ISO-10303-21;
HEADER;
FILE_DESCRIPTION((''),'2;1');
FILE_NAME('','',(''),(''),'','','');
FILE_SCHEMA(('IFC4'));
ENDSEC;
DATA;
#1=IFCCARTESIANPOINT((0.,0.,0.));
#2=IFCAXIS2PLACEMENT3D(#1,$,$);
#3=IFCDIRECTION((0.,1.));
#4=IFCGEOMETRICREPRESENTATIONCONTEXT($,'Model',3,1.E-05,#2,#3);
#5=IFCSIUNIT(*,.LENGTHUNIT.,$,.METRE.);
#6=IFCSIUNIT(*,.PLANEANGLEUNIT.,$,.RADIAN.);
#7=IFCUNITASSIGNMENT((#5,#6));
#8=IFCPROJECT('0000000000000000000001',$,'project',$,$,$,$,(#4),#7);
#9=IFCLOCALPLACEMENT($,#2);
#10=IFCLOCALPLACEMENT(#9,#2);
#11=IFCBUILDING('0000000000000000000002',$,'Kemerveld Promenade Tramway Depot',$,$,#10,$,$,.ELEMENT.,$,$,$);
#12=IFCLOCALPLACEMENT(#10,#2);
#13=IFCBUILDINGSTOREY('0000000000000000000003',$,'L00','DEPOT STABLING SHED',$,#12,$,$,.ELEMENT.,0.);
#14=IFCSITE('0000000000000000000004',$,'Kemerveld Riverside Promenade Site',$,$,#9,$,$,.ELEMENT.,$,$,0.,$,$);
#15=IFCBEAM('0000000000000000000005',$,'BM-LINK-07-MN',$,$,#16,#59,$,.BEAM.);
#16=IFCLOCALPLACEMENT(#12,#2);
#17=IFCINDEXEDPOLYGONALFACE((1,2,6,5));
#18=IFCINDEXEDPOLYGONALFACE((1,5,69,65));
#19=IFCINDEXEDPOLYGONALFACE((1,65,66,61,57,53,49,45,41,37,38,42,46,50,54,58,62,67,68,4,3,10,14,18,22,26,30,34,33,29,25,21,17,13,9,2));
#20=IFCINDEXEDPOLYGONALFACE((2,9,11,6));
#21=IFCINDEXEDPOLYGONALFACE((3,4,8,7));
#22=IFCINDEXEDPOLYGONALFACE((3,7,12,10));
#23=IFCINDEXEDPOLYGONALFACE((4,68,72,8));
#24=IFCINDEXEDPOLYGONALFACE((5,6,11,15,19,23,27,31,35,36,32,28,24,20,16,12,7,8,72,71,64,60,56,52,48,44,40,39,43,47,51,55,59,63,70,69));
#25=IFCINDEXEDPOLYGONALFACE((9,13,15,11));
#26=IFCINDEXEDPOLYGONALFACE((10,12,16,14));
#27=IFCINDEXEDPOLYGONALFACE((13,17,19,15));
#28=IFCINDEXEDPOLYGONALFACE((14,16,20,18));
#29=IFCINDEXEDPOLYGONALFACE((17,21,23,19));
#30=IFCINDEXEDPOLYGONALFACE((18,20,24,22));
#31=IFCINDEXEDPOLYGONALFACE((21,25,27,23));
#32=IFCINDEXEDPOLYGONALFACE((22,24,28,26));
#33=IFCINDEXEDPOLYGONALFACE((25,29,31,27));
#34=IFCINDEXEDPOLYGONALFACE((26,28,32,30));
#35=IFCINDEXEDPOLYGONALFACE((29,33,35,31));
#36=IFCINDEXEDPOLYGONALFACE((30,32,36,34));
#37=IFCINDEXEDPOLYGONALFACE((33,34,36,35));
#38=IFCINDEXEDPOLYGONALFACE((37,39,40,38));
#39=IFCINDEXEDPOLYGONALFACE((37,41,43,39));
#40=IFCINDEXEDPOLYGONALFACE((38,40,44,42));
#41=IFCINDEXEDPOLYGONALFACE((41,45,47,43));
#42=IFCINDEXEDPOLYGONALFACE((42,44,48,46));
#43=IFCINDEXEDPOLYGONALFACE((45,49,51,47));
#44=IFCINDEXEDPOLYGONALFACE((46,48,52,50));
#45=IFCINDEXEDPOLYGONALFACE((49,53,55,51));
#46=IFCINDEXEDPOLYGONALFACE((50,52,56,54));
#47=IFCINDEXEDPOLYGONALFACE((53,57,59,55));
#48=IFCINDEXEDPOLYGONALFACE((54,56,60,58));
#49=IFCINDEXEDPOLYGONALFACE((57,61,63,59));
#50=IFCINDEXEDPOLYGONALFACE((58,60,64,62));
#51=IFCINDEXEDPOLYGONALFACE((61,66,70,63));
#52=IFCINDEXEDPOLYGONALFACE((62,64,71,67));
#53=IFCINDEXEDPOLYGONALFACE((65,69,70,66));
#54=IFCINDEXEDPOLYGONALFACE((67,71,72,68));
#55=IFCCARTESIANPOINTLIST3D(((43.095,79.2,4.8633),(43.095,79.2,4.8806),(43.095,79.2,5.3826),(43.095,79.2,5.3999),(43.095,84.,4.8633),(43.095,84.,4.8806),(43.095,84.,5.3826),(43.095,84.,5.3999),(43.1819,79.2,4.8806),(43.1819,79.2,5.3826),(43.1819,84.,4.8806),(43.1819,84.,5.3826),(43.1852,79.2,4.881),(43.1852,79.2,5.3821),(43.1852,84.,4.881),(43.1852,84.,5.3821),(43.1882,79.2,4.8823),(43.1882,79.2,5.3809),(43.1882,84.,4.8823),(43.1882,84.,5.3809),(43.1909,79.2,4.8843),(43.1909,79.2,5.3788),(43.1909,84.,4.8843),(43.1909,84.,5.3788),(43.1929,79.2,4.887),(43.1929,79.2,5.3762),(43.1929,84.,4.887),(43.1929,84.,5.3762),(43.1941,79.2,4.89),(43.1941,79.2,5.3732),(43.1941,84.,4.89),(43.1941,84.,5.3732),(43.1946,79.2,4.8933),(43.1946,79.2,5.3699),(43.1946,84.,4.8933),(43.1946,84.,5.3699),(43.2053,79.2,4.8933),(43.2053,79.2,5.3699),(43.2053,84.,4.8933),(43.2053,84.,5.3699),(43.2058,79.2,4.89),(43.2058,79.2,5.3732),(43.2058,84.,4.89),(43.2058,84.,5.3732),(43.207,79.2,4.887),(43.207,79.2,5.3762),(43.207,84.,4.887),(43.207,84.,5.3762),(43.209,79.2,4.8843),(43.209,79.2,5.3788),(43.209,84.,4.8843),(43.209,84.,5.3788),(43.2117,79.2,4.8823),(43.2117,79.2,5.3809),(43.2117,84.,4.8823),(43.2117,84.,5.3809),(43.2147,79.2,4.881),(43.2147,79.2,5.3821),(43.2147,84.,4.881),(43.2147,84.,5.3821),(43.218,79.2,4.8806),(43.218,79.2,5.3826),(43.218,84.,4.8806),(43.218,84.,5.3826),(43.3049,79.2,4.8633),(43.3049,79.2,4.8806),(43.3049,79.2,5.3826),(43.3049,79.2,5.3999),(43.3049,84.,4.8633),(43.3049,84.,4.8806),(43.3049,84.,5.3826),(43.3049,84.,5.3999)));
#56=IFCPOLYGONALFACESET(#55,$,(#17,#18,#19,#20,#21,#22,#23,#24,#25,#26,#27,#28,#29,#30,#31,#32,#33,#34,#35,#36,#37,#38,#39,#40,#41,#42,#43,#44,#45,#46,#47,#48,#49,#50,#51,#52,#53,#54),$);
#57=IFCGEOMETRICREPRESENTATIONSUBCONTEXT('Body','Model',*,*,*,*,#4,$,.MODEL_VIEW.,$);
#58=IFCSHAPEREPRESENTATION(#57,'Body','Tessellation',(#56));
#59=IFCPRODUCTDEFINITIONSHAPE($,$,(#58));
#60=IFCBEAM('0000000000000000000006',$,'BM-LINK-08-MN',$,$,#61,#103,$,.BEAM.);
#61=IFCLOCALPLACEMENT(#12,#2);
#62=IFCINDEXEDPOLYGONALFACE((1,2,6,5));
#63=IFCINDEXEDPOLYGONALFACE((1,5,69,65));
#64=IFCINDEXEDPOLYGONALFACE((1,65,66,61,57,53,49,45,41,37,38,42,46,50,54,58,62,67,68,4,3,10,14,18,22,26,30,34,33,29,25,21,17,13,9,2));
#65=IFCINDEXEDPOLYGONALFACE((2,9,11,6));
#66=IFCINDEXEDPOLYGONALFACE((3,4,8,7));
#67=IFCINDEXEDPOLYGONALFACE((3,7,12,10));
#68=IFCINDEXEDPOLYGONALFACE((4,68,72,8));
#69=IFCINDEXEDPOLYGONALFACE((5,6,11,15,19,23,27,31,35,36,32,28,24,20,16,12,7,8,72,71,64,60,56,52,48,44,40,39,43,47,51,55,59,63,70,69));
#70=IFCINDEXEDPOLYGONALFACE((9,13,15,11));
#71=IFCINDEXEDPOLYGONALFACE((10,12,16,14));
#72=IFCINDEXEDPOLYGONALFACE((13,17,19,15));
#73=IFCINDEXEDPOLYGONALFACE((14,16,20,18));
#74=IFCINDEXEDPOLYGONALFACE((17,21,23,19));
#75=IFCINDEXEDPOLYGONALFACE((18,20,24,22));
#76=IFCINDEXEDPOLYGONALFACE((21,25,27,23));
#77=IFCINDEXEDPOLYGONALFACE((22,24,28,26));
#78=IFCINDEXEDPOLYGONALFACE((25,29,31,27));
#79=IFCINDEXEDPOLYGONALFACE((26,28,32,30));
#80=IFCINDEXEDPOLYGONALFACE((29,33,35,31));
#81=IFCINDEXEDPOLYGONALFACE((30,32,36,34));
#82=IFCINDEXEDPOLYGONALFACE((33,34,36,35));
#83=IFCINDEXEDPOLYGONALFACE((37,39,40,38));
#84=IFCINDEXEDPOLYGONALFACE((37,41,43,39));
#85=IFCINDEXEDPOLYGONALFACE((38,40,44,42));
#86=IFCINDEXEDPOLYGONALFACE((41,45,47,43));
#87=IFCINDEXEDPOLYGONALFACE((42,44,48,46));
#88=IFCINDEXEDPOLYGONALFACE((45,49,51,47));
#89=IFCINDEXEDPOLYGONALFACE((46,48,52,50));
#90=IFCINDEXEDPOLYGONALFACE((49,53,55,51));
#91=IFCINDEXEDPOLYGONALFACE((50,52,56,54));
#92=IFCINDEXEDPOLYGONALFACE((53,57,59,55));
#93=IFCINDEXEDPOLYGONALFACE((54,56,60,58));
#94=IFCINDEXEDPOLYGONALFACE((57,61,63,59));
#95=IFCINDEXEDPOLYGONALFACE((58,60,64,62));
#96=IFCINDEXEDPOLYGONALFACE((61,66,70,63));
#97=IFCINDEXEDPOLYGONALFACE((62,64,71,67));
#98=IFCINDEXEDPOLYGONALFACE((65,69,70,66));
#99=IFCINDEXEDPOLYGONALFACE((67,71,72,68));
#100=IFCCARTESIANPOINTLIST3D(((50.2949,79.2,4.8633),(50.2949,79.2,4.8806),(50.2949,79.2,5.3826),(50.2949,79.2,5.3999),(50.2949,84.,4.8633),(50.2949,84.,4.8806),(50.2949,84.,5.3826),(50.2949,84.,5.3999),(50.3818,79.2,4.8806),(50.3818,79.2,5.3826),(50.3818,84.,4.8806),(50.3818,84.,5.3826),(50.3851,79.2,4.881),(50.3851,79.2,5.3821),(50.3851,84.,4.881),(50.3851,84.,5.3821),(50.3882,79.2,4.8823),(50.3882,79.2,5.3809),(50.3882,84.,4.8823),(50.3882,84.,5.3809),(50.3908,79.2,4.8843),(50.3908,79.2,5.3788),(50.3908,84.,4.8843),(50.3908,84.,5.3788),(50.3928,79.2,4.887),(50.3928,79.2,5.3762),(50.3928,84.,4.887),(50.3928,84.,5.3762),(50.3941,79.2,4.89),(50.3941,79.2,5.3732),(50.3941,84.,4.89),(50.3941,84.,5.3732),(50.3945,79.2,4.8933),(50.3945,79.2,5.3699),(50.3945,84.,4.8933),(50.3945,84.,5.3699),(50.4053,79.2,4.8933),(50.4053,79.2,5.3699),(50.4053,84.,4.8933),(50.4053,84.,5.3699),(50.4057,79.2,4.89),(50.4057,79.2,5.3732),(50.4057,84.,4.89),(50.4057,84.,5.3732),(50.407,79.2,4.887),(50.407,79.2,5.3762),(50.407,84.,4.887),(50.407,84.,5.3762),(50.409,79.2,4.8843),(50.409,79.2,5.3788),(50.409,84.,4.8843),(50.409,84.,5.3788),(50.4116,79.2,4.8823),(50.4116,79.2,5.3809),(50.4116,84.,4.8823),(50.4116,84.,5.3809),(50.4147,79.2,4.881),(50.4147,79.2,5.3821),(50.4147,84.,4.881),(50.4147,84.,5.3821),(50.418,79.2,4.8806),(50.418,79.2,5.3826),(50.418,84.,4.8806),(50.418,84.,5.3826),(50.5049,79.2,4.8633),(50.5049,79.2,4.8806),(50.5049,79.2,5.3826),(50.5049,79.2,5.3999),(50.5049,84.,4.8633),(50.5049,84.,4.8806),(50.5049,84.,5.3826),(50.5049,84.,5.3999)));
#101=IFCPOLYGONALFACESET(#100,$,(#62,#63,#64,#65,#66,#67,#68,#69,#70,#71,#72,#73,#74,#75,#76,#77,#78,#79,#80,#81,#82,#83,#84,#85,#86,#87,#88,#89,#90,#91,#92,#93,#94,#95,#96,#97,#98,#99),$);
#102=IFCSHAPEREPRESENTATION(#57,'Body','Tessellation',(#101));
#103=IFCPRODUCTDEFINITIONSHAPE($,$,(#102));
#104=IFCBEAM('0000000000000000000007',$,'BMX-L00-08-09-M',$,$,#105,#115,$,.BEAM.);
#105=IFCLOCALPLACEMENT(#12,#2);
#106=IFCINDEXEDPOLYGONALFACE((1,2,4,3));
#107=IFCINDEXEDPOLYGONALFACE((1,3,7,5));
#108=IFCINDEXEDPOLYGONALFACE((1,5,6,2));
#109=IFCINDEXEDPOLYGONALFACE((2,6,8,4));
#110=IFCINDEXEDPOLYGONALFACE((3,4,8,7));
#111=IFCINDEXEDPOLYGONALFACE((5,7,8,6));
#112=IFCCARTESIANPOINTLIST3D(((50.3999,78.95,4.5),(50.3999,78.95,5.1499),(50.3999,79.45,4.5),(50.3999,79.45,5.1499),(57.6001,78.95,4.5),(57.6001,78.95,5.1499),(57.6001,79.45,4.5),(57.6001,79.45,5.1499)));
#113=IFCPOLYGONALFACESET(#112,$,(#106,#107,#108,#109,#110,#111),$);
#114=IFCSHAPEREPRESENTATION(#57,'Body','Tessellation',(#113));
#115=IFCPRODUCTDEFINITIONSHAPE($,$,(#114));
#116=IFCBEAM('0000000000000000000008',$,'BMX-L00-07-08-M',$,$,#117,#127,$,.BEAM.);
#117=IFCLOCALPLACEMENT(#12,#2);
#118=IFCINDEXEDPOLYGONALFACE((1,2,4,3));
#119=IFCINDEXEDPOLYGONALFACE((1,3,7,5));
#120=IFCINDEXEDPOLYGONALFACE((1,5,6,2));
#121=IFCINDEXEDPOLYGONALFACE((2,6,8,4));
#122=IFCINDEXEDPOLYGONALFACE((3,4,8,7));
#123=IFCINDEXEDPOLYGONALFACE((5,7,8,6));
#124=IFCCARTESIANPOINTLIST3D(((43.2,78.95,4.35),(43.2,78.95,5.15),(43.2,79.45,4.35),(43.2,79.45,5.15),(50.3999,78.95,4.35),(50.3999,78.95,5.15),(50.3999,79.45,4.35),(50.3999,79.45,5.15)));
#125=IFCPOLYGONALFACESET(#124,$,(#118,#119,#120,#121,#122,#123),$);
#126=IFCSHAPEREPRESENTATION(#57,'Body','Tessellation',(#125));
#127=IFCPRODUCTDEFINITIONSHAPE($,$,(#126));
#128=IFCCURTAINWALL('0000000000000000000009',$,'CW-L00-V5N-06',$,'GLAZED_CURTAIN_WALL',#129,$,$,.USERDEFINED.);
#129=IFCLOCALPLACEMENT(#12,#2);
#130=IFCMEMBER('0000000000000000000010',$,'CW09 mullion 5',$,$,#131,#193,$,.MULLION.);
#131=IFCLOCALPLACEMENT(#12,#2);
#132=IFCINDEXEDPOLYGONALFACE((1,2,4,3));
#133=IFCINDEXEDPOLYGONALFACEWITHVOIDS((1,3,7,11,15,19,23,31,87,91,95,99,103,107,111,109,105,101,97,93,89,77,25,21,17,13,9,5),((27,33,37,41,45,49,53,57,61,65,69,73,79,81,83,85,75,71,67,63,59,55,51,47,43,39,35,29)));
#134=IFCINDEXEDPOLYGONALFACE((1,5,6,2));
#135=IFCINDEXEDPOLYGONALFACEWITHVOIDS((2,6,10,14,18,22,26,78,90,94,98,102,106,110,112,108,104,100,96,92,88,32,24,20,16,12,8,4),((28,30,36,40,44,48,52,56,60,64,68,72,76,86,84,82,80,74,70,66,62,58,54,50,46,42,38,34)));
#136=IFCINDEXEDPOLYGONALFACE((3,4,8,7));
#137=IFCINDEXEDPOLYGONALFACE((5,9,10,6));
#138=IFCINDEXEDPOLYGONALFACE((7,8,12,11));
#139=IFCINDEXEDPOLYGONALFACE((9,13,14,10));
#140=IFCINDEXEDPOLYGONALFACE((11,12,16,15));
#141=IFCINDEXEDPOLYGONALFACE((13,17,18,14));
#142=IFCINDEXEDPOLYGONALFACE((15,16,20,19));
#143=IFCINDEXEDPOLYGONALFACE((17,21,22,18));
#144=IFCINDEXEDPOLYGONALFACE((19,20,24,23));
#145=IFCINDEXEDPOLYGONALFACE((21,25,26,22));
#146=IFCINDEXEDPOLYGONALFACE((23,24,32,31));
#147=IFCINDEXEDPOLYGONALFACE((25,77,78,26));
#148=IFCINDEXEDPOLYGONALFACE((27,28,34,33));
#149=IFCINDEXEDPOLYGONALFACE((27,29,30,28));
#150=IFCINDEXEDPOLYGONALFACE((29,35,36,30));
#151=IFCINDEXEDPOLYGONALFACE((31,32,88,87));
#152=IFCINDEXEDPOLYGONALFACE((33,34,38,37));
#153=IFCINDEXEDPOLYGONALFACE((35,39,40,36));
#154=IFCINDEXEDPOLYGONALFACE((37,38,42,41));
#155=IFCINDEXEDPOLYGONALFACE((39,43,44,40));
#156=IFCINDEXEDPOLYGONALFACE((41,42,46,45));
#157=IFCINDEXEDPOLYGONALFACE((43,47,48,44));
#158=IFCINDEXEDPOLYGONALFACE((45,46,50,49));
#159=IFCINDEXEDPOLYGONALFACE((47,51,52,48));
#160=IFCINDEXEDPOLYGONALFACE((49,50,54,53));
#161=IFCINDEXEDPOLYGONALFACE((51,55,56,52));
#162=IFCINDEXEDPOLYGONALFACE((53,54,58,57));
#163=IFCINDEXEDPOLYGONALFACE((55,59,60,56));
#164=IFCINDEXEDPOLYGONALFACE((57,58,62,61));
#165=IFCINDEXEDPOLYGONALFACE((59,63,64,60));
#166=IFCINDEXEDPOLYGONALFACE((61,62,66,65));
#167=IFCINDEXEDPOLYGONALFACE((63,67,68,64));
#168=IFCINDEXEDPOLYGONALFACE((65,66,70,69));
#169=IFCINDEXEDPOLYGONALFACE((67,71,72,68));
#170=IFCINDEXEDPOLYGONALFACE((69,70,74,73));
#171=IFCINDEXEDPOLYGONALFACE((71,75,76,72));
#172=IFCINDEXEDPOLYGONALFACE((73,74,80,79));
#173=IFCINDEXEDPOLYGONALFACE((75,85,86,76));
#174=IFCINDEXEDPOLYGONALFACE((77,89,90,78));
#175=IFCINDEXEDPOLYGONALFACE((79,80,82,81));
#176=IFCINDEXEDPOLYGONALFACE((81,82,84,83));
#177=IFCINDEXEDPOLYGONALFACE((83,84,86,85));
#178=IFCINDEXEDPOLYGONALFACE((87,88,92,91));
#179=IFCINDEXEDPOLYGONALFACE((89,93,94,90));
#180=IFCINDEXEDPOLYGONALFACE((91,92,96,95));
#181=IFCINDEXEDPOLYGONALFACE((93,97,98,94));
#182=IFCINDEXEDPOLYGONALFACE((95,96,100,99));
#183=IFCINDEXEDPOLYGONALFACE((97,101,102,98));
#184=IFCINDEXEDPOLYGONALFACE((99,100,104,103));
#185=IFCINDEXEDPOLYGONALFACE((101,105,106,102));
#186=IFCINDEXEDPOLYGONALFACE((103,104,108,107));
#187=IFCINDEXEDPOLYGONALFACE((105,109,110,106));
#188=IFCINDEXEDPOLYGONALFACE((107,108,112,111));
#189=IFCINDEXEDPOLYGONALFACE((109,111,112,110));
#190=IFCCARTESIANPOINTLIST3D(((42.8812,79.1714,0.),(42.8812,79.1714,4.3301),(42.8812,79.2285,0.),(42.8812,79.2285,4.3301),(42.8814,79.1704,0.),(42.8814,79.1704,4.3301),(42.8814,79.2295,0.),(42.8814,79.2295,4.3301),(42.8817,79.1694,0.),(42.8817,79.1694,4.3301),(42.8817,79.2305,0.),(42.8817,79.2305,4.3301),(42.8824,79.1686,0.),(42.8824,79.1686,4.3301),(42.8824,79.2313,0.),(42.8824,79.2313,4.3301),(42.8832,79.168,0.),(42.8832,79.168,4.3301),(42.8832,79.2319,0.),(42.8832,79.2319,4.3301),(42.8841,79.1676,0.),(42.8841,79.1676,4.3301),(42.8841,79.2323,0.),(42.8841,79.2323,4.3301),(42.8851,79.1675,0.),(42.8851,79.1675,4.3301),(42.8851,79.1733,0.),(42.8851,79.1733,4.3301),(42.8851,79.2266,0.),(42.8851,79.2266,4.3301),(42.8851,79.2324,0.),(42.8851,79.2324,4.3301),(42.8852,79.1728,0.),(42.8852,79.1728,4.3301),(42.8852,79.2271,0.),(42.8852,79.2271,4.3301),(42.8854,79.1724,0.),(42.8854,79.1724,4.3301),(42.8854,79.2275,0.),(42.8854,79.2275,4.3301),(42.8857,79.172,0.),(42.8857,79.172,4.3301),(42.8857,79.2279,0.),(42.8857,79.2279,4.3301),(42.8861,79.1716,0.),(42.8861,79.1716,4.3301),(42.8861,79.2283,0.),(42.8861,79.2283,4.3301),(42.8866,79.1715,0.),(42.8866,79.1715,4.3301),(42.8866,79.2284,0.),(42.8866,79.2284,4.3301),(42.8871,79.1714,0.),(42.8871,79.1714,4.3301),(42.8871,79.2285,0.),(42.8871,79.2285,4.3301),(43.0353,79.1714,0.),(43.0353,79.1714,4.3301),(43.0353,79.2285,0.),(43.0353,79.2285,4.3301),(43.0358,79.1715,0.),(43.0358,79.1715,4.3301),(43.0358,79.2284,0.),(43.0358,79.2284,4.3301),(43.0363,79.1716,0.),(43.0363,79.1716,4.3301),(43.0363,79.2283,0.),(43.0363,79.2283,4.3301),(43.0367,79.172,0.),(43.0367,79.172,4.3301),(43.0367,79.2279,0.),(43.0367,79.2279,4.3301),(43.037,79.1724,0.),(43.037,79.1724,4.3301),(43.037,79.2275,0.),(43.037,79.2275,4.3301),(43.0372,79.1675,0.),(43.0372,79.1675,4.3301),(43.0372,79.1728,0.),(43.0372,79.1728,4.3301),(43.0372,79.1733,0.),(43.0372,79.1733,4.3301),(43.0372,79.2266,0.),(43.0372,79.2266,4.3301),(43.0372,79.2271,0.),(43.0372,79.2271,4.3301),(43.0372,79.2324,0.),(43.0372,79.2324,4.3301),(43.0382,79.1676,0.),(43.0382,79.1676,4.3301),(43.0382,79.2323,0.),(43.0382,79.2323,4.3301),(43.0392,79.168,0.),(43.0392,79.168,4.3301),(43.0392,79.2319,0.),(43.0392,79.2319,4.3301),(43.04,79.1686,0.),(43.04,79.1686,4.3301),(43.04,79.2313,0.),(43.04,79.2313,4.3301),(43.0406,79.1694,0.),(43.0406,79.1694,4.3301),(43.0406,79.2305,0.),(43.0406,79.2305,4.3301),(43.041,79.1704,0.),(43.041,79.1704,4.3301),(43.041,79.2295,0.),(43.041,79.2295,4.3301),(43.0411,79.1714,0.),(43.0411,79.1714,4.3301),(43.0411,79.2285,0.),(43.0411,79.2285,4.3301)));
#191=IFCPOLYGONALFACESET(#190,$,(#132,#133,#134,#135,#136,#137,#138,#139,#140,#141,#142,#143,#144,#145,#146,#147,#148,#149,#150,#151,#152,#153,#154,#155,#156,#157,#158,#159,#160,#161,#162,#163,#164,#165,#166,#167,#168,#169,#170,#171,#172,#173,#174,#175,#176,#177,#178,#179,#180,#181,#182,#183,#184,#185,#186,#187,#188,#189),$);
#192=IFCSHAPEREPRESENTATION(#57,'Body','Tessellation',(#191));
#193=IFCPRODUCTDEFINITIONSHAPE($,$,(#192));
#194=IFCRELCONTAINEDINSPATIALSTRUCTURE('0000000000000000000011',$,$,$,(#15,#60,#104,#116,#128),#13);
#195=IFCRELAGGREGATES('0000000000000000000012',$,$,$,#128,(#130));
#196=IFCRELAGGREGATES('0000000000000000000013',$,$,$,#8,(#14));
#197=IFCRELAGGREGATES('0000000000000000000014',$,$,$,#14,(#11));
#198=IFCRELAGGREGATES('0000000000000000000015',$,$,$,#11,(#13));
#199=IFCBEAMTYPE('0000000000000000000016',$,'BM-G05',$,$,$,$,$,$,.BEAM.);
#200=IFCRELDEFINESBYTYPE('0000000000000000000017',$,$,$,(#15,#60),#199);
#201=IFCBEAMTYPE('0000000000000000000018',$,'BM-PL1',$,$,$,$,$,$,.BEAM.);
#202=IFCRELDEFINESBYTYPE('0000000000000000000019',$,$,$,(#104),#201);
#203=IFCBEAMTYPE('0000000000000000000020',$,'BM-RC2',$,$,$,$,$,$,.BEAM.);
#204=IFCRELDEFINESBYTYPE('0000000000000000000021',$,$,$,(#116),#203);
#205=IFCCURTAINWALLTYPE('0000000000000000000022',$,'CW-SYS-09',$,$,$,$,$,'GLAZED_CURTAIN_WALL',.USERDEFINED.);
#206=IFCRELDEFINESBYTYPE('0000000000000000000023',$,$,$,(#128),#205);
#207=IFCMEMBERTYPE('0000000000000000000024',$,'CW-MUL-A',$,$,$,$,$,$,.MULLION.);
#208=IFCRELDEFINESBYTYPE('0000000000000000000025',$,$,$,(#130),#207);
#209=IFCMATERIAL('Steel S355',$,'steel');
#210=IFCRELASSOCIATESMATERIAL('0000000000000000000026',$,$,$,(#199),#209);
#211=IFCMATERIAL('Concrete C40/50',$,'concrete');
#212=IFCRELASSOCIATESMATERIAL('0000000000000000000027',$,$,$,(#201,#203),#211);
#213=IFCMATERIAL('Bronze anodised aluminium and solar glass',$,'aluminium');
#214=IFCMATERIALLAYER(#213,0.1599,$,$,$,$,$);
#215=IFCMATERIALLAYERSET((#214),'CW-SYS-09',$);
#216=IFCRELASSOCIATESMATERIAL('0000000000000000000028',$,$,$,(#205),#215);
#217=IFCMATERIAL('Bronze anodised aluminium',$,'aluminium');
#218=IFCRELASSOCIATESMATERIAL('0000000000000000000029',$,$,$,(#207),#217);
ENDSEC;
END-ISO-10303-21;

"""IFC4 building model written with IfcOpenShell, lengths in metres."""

from ifc_helpers import new_model, si_unit, direction, frame, origin, origin_2d, place, context, subcontext, project, spatial, rectangle, hollow_rectangle, i_section, extrude, material, layer, layer_set, material_profile, profile_set, type_object, element, aggregate, save


model = new_model("IFC4")

# Units and contexts
model_context = context("Model", 3, precision=1e-05, world=origin(), true_north=direction((0.0, 1.0)))
body_context = subcontext(model_context, "Body", "Model", "MODEL_VIEW")
ifc_project = project(units=[si_unit("LENGTHUNIT", "METRE"), si_unit("PLANEANGLEUNIT", "RADIAN")], contexts=[model_context])

# Site, building, storey
site_placement = place(None, origin())
site = spatial("IfcSite", under=ifc_project, at=site_placement, Name="Kemerveld Riverside Promenade Site", CompositionType="ELEMENT", RefElevation=0.0)
building_placement = place(site_placement, origin())
building = spatial("IfcBuilding", under=site, at=building_placement, Name="Kemerveld Promenade Tramway Depot", CompositionType="ELEMENT")
storey_placement = place(building_placement, origin())
storey = spatial("IfcBuildingStorey", under=building, at=storey_placement, Name="L00", Description="DEPOT STABLING SHED", CompositionType="ELEMENT", Elevation=0.0)

# Shared definitions
ifc_material_1 = material(Name="Steel S355", Category="steel")

# Beams
ifc_material_profile_1 = material_profile(ifc_material_1, i_section(OverallWidth=0.21, OverallDepth=0.5366, WebThickness=0.0107, FlangeThickness=0.0173, FilletRadius=0.0127, at=origin_2d()), Name="533x210x101 UB")
ifc_profile_set_1 = profile_set([ifc_material_profile_1], Name="Steel S355")
beam_type_1 = type_object("IfcBeamType", Name="BM-G05", PredefinedType="BEAM", material=ifc_profile_set_1)
for number, where, z_axis, x_axis, name in (
    (1, (43.2, 79.2, 5.1316), (0.0, 1.0, 0.0), (-1.0, 0.0, 0.0), "BM-LINK-07-MN"),
    (2, (50.3999, 79.2, 5.1316), (0.0, 1.0, 0.0), (-1.0, 0.0, 0.0), "BM-LINK-08-MN"),
):
    element("IfcBeam", number, at=place(storey_placement, frame(where, z_axis=z_axis, x_axis=x_axis)), inside=storey, type_object=beam_type_1, Name=name, PredefinedType="BEAM", context=body_context, shape_type="SweptSolid", body=[
        extrude(i_section(OverallWidth=0.21, OverallDepth=0.5366, WebThickness=0.0107, FlangeThickness=0.0173, FilletRadius=0.0127, at=origin_2d()), origin(), (0.0, 0.0, 1.0), 4.8),
    ])
ifc_material_2 = material(Name="Concrete C40/50", Category="concrete")
ifc_material_profile_2 = material_profile(ifc_material_2, rectangle(XDim=0.5, YDim=0.6499, at=origin_2d()), Name="RC-PLINTH-500x650")
ifc_profile_set_2 = profile_set([ifc_material_profile_2], Name="Concrete C40/50")
beam_type_2 = type_object("IfcBeamType", Name="BM-PL1", PredefinedType="BEAM", material=ifc_profile_set_2)
beam_1_placement = place(storey_placement, frame((50.3999, 79.2, 4.825), z_axis=(1.0, 0.0, 0.0), x_axis=(0.0, 1.0, 0.0)))
element("IfcBeam", 3, at=beam_1_placement, inside=storey, type_object=beam_type_2, Name="BMX-L00-08-09-M", PredefinedType="BEAM", context=body_context, shape_type="SweptSolid", body=[
    extrude(rectangle(XDim=0.5, YDim=0.6499, at=origin_2d()), origin(), (0.0, 0.0, 1.0), 7.2002),
])
ifc_material_profile_3 = material_profile(ifc_material_2, rectangle(XDim=0.5, YDim=0.8, at=origin_2d()), Name="RC-BM-500x800")
ifc_profile_set_3 = profile_set([ifc_material_profile_3], Name="Concrete C40/50")
beam_type_3 = type_object("IfcBeamType", Name="BM-RC2", PredefinedType="BEAM", material=ifc_profile_set_3)
beam_2_placement = place(storey_placement, frame((43.2, 79.2, 4.75), z_axis=(1.0, 0.0, 0.0), x_axis=(0.0, 1.0, 0.0)))
element("IfcBeam", 4, at=beam_2_placement, inside=storey, type_object=beam_type_3, Name="BMX-L00-07-08-M", PredefinedType="BEAM", context=body_context, shape_type="SweptSolid", body=[
    extrude(rectangle(XDim=0.5, YDim=0.8, at=origin_2d()), origin(), (0.0, 0.0, 1.0), 7.2),
])

# Curtain wall, member
ifc_material_3 = material(Name="Bronze anodised aluminium and solar glass", Category="aluminium")
ifc_layer_1 = layer(ifc_material_3, 0.1599)
ifc_layer_set_1 = layer_set([ifc_layer_1], Name="CW-SYS-09")
curtain_wall_type_1 = type_object("IfcCurtainWallType", Name="CW-SYS-09", ElementType="GLAZED_CURTAIN_WALL", PredefinedType="USERDEFINED", material=ifc_layer_set_1)
curtain_wall_1_placement = place(storey_placement, origin())
curtain_wall_1 = element("IfcCurtainWall", 5, at=curtain_wall_1_placement, inside=storey, type_object=curtain_wall_type_1, Name="CW-L00-V5N-06", ObjectType="GLAZED_CURTAIN_WALL", PredefinedType="USERDEFINED")
ifc_material_4 = material(Name="Bronze anodised aluminium", Category="aluminium")
ifc_material_profile_4 = material_profile(ifc_material_4, hollow_rectangle(XDim=0.0649, YDim=0.1599, WallThickness=0.0039, InnerFilletRadius=0.002, OuterFilletRadius=0.0039, at=origin_2d()), Name="CW-MUL-160x65")
ifc_profile_set_4 = profile_set([ifc_material_profile_4], Name="Bronze anodised aluminium")
member_type_1 = type_object("IfcMemberType", Name="CW-MUL-A", PredefinedType="MULLION", material=ifc_profile_set_4)
member_1_placement = place(storey_placement, frame((42.9612, 79.2, 0.0), z_axis=(0.0, 0.0, 1.0), x_axis=(0.0, 1.0, 0.0)))
member_1 = element("IfcMember", 6, at=member_1_placement, type_object=member_type_1, Name="CW09 mullion 5", PredefinedType="MULLION", context=body_context, shape_type="SweptSolid", body=[
    extrude(hollow_rectangle(XDim=0.0649, YDim=0.1599, WallThickness=0.0039, InnerFilletRadius=0.002, OuterFilletRadius=0.0039, at=origin_2d()), origin(), (0.0, 0.0, 1.0), 4.3301),
])

aggregate(curtain_wall_1, [member_1])

save(model, "model.ifc")
